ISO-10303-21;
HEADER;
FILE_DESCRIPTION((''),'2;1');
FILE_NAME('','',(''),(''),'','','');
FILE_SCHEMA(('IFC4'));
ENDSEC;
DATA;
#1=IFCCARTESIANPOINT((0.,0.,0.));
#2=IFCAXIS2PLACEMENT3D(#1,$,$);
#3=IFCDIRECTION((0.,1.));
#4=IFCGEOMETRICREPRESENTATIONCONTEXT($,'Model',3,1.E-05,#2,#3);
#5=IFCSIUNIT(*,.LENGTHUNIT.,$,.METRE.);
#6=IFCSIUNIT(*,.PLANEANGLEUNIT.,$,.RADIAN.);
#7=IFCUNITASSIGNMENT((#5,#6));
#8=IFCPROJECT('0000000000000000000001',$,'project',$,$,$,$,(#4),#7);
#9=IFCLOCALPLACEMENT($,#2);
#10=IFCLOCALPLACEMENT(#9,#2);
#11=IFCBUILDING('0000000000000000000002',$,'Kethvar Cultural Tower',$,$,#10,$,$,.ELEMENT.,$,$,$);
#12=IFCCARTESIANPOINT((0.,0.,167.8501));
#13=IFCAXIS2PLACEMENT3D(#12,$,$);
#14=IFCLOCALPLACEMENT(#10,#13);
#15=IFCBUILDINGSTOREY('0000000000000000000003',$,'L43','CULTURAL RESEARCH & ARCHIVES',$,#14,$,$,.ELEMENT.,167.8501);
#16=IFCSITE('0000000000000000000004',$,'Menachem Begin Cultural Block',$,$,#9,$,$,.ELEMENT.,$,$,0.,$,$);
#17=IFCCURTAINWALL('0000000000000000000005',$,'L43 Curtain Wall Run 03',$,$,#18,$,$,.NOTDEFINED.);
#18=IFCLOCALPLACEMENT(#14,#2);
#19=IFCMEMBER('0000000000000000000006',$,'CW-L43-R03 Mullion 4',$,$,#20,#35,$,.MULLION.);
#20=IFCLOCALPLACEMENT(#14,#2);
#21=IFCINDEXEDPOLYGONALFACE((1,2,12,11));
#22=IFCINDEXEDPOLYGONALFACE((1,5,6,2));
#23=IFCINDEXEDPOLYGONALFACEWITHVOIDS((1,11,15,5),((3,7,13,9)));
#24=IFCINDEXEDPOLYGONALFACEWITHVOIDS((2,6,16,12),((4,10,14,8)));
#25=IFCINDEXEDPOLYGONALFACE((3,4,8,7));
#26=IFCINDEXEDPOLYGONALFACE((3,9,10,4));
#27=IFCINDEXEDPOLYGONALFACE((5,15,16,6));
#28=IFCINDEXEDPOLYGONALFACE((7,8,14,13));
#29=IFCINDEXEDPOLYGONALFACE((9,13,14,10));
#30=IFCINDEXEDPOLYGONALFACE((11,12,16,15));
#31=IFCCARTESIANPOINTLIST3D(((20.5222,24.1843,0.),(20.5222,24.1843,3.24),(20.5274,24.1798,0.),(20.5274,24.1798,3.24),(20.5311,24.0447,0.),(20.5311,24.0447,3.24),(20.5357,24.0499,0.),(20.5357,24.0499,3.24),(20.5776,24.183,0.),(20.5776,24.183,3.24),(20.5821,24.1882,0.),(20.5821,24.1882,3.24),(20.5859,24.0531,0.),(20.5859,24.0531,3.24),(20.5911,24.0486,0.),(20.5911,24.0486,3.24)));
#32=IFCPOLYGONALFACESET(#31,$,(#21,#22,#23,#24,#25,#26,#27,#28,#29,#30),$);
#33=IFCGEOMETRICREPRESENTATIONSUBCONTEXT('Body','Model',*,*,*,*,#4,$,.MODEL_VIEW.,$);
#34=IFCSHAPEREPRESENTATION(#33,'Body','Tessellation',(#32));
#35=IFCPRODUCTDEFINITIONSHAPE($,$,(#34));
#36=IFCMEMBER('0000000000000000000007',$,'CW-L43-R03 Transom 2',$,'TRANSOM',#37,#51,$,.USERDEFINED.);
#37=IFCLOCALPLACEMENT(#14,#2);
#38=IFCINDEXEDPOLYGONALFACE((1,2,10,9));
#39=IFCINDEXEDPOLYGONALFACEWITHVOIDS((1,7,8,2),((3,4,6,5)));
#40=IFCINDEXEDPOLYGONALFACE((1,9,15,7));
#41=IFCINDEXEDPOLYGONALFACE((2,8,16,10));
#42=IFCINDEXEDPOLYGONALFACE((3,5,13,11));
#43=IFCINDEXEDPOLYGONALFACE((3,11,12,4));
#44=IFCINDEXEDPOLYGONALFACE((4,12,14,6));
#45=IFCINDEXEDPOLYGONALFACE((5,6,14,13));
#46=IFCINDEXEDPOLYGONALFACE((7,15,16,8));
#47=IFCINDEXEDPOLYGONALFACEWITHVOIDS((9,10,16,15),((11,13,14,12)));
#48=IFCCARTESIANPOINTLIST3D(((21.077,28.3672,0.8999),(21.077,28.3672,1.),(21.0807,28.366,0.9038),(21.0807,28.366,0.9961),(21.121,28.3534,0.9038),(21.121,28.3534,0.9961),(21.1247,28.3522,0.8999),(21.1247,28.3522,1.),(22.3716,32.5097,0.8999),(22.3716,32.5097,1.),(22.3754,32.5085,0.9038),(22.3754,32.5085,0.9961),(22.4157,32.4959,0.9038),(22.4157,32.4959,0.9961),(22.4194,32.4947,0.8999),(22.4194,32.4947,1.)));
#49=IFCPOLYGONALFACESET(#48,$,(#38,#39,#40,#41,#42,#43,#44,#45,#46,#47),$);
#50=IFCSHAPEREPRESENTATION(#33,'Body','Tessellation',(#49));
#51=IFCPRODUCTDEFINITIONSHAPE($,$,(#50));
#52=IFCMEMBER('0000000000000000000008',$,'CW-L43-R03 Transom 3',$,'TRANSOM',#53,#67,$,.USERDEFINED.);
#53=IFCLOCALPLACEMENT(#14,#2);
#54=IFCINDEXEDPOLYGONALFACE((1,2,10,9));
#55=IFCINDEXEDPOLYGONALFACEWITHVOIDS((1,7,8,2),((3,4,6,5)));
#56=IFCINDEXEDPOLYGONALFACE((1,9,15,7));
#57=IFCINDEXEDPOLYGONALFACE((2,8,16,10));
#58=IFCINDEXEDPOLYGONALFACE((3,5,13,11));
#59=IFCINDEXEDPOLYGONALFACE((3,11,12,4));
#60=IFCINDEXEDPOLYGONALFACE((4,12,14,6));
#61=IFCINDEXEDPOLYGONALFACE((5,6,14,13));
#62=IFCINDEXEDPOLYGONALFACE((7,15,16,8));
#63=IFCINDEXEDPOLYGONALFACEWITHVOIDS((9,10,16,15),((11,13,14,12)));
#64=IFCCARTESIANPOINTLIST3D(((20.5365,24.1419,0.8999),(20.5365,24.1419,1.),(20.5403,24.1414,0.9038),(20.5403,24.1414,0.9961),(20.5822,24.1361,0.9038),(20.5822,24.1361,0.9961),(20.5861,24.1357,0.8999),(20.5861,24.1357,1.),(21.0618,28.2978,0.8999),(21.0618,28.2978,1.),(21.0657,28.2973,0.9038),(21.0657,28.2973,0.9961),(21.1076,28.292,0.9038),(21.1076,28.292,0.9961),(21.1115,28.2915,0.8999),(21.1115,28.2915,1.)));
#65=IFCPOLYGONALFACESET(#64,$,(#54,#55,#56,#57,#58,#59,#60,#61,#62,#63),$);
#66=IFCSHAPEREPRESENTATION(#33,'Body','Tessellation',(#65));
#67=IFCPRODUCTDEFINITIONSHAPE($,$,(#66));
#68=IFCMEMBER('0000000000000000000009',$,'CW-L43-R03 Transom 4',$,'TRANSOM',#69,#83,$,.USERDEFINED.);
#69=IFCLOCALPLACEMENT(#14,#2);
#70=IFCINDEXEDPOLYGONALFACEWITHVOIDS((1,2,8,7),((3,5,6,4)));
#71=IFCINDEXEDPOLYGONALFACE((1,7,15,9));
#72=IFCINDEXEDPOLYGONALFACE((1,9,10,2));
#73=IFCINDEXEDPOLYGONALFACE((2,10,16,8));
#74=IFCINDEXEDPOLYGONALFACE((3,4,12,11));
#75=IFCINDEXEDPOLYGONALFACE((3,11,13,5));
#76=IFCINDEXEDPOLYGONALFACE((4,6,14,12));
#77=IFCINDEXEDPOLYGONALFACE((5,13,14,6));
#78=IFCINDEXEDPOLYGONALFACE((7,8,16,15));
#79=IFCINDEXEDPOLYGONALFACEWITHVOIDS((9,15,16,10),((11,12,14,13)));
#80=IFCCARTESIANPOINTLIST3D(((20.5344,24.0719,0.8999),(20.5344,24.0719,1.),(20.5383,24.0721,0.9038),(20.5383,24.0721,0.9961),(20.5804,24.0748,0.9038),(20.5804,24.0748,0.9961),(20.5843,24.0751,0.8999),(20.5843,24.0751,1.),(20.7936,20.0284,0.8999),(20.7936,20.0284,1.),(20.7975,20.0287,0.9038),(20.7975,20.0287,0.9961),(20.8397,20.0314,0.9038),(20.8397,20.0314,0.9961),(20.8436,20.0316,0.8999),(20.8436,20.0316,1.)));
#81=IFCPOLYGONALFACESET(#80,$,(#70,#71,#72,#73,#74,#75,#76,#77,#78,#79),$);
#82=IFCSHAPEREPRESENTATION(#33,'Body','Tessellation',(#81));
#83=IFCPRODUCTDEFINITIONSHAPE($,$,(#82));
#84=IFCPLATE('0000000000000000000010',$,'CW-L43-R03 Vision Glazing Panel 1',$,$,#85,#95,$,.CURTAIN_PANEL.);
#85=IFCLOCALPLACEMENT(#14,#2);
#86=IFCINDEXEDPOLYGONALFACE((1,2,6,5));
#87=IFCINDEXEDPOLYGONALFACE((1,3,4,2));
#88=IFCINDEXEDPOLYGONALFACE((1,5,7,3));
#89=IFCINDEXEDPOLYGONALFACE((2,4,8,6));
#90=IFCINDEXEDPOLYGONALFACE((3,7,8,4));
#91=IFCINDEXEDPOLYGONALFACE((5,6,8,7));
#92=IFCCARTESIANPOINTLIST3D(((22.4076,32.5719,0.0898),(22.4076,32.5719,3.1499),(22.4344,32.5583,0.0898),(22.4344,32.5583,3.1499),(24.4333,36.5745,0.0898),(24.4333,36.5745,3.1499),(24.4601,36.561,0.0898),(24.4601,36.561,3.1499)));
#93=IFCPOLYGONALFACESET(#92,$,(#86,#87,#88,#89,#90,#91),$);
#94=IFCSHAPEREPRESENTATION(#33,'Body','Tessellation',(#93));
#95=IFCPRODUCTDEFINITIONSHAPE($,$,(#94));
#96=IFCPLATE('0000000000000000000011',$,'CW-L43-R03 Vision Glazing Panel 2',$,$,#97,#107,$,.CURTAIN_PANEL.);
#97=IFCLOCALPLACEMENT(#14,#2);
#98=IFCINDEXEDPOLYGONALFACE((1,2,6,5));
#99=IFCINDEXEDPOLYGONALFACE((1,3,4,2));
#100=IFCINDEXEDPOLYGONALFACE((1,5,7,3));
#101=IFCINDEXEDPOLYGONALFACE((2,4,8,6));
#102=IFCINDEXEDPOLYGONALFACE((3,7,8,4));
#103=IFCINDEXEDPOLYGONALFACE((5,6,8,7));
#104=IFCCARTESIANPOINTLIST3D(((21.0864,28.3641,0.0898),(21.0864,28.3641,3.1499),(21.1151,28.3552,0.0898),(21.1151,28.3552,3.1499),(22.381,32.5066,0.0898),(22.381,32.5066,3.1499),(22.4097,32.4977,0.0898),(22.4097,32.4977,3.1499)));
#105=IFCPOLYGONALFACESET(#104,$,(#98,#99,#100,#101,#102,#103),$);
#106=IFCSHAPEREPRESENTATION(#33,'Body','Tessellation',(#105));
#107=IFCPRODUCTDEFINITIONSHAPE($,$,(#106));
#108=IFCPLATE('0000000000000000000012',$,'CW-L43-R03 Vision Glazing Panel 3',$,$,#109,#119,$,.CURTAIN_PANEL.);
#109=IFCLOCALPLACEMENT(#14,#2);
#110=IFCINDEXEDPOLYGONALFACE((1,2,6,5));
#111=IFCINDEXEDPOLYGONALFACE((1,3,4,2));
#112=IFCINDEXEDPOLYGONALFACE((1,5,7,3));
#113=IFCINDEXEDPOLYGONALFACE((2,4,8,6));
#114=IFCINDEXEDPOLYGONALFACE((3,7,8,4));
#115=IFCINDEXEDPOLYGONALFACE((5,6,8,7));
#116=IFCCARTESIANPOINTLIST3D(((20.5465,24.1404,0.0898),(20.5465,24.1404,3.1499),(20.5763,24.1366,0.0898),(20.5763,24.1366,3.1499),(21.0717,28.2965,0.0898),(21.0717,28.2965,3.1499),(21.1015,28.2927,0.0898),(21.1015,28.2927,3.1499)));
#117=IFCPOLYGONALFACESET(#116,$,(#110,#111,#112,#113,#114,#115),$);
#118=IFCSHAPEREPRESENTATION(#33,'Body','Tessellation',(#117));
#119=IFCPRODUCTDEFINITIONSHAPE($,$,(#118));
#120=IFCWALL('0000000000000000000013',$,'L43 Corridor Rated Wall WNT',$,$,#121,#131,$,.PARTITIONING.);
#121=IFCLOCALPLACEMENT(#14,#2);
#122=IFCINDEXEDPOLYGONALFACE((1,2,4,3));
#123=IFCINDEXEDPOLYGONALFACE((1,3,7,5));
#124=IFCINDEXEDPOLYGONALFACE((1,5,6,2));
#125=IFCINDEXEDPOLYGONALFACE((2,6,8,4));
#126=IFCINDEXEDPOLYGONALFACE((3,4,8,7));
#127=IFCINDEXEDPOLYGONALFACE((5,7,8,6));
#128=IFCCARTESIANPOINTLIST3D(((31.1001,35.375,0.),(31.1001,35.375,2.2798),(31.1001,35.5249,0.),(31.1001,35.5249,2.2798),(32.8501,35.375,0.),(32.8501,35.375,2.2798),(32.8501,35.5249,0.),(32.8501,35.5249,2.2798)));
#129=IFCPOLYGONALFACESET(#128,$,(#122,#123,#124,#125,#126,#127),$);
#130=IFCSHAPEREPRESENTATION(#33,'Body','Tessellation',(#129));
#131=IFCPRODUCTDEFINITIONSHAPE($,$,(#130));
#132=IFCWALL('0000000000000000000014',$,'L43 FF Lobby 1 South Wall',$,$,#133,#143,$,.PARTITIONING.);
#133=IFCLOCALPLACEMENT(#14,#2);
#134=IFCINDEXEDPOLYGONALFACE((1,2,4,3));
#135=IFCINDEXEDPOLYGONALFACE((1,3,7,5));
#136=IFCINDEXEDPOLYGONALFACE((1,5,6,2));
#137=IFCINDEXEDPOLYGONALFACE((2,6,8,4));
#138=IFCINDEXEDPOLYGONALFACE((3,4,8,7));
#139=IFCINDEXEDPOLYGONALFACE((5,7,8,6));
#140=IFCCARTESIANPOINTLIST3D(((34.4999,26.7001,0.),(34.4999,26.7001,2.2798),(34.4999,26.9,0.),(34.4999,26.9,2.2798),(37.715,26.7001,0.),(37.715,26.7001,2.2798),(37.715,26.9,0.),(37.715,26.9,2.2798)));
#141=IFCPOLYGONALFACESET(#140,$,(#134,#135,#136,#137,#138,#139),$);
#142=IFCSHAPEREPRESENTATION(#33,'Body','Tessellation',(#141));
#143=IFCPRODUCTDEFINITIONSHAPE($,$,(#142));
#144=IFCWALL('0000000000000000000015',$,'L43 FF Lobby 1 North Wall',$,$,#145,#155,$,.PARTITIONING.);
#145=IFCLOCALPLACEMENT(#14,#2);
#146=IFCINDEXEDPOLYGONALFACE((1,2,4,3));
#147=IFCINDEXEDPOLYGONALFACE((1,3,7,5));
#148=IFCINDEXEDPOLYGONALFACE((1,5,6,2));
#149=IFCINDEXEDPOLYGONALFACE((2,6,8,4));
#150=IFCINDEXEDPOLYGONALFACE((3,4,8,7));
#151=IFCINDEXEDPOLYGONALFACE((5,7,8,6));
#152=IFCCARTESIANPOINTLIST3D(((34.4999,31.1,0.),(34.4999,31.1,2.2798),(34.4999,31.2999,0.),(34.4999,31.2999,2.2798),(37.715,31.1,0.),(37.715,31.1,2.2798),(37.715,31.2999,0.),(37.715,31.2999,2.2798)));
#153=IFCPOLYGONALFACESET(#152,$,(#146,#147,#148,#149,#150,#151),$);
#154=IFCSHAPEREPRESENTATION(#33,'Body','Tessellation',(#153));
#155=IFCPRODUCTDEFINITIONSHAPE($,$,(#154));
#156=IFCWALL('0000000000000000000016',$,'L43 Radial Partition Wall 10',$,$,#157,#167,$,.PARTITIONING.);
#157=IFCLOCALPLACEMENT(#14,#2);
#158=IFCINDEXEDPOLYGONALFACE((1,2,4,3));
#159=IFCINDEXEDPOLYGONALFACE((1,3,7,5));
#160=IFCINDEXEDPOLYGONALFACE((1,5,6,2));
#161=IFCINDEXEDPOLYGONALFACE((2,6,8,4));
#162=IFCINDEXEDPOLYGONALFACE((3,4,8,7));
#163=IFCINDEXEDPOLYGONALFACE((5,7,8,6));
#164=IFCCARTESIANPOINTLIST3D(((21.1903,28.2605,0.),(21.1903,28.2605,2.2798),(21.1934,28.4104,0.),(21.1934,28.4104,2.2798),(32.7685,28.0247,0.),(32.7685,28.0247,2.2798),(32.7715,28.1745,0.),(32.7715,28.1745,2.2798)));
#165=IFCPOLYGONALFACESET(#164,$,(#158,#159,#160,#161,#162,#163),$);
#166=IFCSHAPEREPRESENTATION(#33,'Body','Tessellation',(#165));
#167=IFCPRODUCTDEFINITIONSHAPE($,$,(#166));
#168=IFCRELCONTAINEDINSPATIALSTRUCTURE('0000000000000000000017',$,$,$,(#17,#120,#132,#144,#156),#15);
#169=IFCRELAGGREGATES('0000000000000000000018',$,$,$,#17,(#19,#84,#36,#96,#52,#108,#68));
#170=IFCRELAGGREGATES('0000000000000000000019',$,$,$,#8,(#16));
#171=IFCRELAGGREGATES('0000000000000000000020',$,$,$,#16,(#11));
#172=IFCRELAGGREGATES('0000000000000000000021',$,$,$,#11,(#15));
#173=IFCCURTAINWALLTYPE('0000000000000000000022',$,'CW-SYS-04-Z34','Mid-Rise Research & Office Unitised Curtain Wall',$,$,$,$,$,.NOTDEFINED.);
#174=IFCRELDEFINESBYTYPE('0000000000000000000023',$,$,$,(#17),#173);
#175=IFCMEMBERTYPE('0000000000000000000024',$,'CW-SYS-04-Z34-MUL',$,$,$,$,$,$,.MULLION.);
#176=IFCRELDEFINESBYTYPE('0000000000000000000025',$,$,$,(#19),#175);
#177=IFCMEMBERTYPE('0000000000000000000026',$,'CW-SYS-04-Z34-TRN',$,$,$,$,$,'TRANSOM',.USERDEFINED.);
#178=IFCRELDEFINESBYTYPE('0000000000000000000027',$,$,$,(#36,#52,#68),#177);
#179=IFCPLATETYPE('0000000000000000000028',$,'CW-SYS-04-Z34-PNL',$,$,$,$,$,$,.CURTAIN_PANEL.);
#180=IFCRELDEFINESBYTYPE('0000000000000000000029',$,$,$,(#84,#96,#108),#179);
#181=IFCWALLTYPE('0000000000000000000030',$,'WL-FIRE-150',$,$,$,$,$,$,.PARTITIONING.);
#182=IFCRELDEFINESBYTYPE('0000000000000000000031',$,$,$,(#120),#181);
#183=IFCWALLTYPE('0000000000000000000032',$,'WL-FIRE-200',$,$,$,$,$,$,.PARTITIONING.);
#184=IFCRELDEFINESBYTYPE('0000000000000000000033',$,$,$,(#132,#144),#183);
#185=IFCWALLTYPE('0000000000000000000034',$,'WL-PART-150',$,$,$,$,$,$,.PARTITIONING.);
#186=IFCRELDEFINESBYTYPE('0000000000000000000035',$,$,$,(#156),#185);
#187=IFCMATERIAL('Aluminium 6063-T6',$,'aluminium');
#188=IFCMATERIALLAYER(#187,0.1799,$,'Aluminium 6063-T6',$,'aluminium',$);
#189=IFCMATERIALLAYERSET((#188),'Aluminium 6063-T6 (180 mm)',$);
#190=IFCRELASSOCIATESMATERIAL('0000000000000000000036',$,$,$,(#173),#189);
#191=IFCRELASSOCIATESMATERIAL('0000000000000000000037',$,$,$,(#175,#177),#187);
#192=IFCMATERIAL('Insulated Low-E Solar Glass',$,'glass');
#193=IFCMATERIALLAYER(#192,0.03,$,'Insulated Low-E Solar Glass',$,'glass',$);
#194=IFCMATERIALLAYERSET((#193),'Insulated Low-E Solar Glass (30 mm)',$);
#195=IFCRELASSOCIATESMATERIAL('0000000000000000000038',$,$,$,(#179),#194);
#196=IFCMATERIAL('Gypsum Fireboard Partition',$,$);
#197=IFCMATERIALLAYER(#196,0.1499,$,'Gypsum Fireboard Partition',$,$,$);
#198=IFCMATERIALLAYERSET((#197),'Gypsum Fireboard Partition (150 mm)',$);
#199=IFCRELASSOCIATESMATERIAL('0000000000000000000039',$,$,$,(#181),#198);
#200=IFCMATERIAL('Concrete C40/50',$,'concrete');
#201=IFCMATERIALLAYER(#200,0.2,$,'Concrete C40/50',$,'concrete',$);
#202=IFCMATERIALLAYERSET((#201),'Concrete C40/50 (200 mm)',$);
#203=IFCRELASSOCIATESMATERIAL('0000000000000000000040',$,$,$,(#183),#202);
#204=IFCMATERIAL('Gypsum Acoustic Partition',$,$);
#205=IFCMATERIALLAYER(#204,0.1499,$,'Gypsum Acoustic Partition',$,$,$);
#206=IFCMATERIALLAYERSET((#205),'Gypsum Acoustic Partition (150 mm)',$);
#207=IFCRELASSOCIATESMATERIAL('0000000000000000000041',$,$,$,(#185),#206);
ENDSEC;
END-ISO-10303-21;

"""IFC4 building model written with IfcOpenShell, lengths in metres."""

from ifc_helpers import new_model, si_unit, direction, frame, frame_2d, origin, origin_2d, place, context, subcontext, project, spatial, rectangle, hollow_rectangle, extrude, source, transform, mapped, material, layer, layer_set, material_profile, profile_set, type_object, element, aggregate, save


model = new_model("IFC4")

# Units and contexts
model_context = context("Model", 3, precision=1e-05, world=origin(), true_north=direction((0.0, 1.0)))
body_context = subcontext(model_context, "Body", "Model", "MODEL_VIEW")
ifc_project = project(units=[si_unit("LENGTHUNIT", "METRE"), si_unit("PLANEANGLEUNIT", "RADIAN")], contexts=[model_context])

# Site, building, storey
site_placement = place(None, origin())
site = spatial("IfcSite", under=ifc_project, at=site_placement, Name="Menachem Begin Cultural Block", CompositionType="ELEMENT", RefElevation=0.0)
building_placement = place(site_placement, origin())
building = spatial("IfcBuilding", under=site, at=building_placement, Name="Kethvar Cultural Tower", CompositionType="ELEMENT")
storey_placement = place(building_placement, frame((0.0, 0.0, 167.8501)))
storey = spatial("IfcBuildingStorey", under=building, at=storey_placement, Name="L43", Description="CULTURAL RESEARCH & ARCHIVES", CompositionType="ELEMENT", Elevation=167.8501)

# Curtain wall, members, plates
ifc_material_1 = material(Name="Aluminium 6063-T6", Category="aluminium")
ifc_layer_1 = layer(ifc_material_1, 0.1799, Name="Aluminium 6063-T6", Category="aluminium")
ifc_layer_set_1 = layer_set([ifc_layer_1], Name="Aluminium 6063-T6 (180 mm)")
curtain_wall_type = type_object("IfcCurtainWallType", Name="CW-SYS-04-Z34", Description="Mid-Rise Research & Office Unitised Curtain Wall", PredefinedType="NOTDEFINED", material=ifc_layer_set_1)
curtain_wall_placement = place(storey_placement, origin())
curtain_wall = element("IfcCurtainWall", 1, at=curtain_wall_placement, inside=storey, type_object=curtain_wall_type, Name="L43 Curtain Wall Run 03", PredefinedType="NOTDEFINED")
ifc_material_profile_1 = material_profile(ifc_material_1, hollow_rectangle(XDim=0.0601, YDim=0.1399, WallThickness=0.0049, at=origin_2d()), Name="Aluminium 6063-T6 — RHS140x60x5")
ifc_profile_set_1 = profile_set([ifc_material_profile_1], Name="Aluminium 6063-T6 — RHS140x60x5")
member_type_1 = type_object("IfcMemberType", Name="CW-SYS-04-Z34-MUL", PredefinedType="MULLION", material=ifc_profile_set_1)
shared_shape_1 = source(origin(), body_context, "Body", "SweptSolid", [
    extrude(hollow_rectangle(XDim=0.0601, YDim=0.1399, WallThickness=0.0049, at=origin_2d()), origin(), (0.0, 0.0, 1.0), 3.24),
])
member_1_placement = place(storey_placement, frame((20.5566, 24.1165, 0.0), z_axis=(0.0, 0.0, 1.0), x_axis=(0.997952, 0.063975, 0.0)))
member_1 = element("IfcMember", 2, at=member_1_placement, type_object=member_type_1, Name="CW-L43-R03 Mullion 4", PredefinedType="MULLION", context=body_context, shape_type="MappedRepresentation", body=[
    mapped(shared_shape_1, transform((0.0, 0.0, 0.0), scale=1.0)),
])
ifc_material_profile_2 = material_profile(ifc_material_1, hollow_rectangle(XDim=0.05, YDim=0.1001, WallThickness=0.0039, at=origin_2d()), Name="Aluminium 6063-T6 — RHS100x50x4")
ifc_profile_set_2 = profile_set([ifc_material_profile_2], Name="Aluminium 6063-T6 — RHS100x50x4")
member_type_2 = type_object("IfcMemberType", Name="CW-SYS-04-Z34-TRN", ElementType="TRANSOM", PredefinedType="USERDEFINED", material=ifc_profile_set_2)
shared_shape_2 = source(origin(), body_context, "Body", "SweptSolid", [
    extrude(hollow_rectangle(XDim=0.05, YDim=0.1001, WallThickness=0.0039, at=origin_2d()), origin(), (0.0, 0.0, 1.0), 4.3401),
])
member_2_placement = place(storey_placement, frame((22.3955, 32.5022, 0.95), z_axis=(-0.298301, -0.954472, 0.0), x_axis=(0.954472, -0.298301, 0.0)))
member_2 = element("IfcMember", 3, at=member_2_placement, type_object=member_type_2, Name="CW-L43-R03 Transom 2", ObjectType="TRANSOM", PredefinedType="USERDEFINED", context=body_context, shape_type="MappedRepresentation", body=[
    mapped(shared_shape_2, transform((0.0, 0.0, 0.0), scale=1.0)),
])
shared_shape_3 = source(origin(), body_context, "Body", "SweptSolid", [
    extrude(hollow_rectangle(XDim=0.05, YDim=0.1001, WallThickness=0.0039, at=origin_2d()), origin(), (0.0, 0.0, 1.0), 4.189),
])
member_3_placement = place(storey_placement, frame((21.0867, 28.2947, 0.95), z_axis=(-0.125419, -0.992104, 0.0), x_axis=(0.992104, -0.125419, 0.0)))
member_3 = element("IfcMember", 4, at=member_3_placement, type_object=member_type_2, Name="CW-L43-R03 Transom 3", ObjectType="TRANSOM", PredefinedType="USERDEFINED", context=body_context, shape_type="MappedRepresentation", body=[
    mapped(shared_shape_3, transform((0.0, 0.0, 0.0), scale=1.0)),
])
shared_shape_4 = source(origin(), body_context, "Body", "SweptSolid", [
    extrude(hollow_rectangle(XDim=0.05, YDim=0.1001, WallThickness=0.0039, at=origin_2d()), origin(), (0.0, 0.0, 1.0), 4.0518),
])
member_4_placement = place(storey_placement, frame((20.5593, 24.0735, 0.95), z_axis=(0.063991, -0.99795, 0.0), x_axis=(0.99795, 0.063991, 0.0)))
member_4 = element("IfcMember", 5, at=member_4_placement, type_object=member_type_2, Name="CW-L43-R03 Transom 4", ObjectType="TRANSOM", PredefinedType="USERDEFINED", context=body_context, shape_type="MappedRepresentation", body=[
    mapped(shared_shape_4, transform((0.0, 0.0, 0.0), scale=1.0)),
])
ifc_material_2 = material(Name="Insulated Low-E Solar Glass", Category="glass")
ifc_layer_2 = layer(ifc_material_2, 0.03, Name="Insulated Low-E Solar Glass", Category="glass")
ifc_layer_set_2 = layer_set([ifc_layer_2], Name="Insulated Low-E Solar Glass (30 mm)")
plate_type = type_object("IfcPlateType", Name="CW-SYS-04-Z34-PNL", PredefinedType="CURTAIN_PANEL", material=ifc_layer_set_2)
shared_shape_5 = source(origin(), body_context, "Body", "SweptSolid", [
    extrude(rectangle(XDim=4.4861, YDim=0.03, at=origin_2d()), origin(), (0.0, 0.0, 1.0), 3.0601),
])
plate_1_placement = place(storey_placement, frame((23.4338, 34.5664, 0.0898), z_axis=(0.0, 0.0, 1.0), x_axis=(-0.451563, -0.892239, 0.0)))
plate_1 = element("IfcPlate", 6, at=plate_1_placement, type_object=plate_type, Name="CW-L43-R03 Vision Glazing Panel 1", PredefinedType="CURTAIN_PANEL", context=body_context, shape_type="MappedRepresentation", body=[
    mapped(shared_shape_5, transform((0.0, 0.0, 0.0), scale=1.0)),
])
shared_shape_6 = source(origin(), body_context, "Body", "SweptSolid", [
    extrude(rectangle(XDim=4.3401, YDim=0.03, at=origin_2d()), origin(), (0.0, 0.0, 1.0), 3.0601),
])
plate_2_placement = place(storey_placement, frame((21.748, 30.4309, 0.0898), z_axis=(0.0, 0.0, 1.0), x_axis=(-0.298291, -0.954475, 0.0)))
plate_2 = element("IfcPlate", 7, at=plate_2_placement, type_object=plate_type, Name="CW-L43-R03 Vision Glazing Panel 2", PredefinedType="CURTAIN_PANEL", context=body_context, shape_type="MappedRepresentation", body=[
    mapped(shared_shape_6, transform((0.0, 0.0, 0.0), scale=1.0)),
])
shared_shape_7 = source(origin(), body_context, "Body", "SweptSolid", [
    extrude(rectangle(XDim=4.1892, YDim=0.03, at=origin_2d()), origin(), (0.0, 0.0, 1.0), 3.0601),
])
plate_3_placement = place(storey_placement, frame((20.824, 26.2166, 0.0898), z_axis=(0.0, 0.0, 1.0), x_axis=(-0.125368, -0.99211, 0.0)))
plate_3 = element("IfcPlate", 8, at=plate_3_placement, type_object=plate_type, Name="CW-L43-R03 Vision Glazing Panel 3", PredefinedType="CURTAIN_PANEL", context=body_context, shape_type="MappedRepresentation", body=[
    mapped(shared_shape_7, transform((0.0, 0.0, 0.0), scale=1.0)),
])
aggregate(curtain_wall, [member_1, plate_1, member_2, plate_2, member_3, plate_3, member_4])

# Wall
ifc_material_3 = material(Name="Gypsum Fireboard Partition")
ifc_layer_3 = layer(ifc_material_3, 0.1499, Name="Gypsum Fireboard Partition")
ifc_layer_set_3 = layer_set([ifc_layer_3], Name="Gypsum Fireboard Partition (150 mm)")
wall_type_1 = type_object("IfcWallType", Name="WL-FIRE-150", PredefinedType="PARTITIONING", material=ifc_layer_set_3)
wall_1_placement = place(storey_placement, frame((31.1001, 35.45, 0.0), z_axis=(0.0, 0.0, 1.0), x_axis=(1.0, 0.0, 0.0)))
element("IfcWall", 9, at=wall_1_placement, inside=storey, type_object=wall_type_1, Name="L43 Corridor Rated Wall WNT", PredefinedType="PARTITIONING", context=body_context, shape_type="SweptSolid", body=[
    extrude(rectangle(XDim=1.75, YDim=0.1499, at=frame_2d((0.875, 0.0))), origin(), (0.0, 0.0, 1.0), 2.2798),
])

# Shared definitions
ifc_material_4 = material(Name="Concrete C40/50", Category="concrete")
ifc_layer_4 = layer(ifc_material_4, 0.2, Name="Concrete C40/50", Category="concrete")
ifc_layer_set_4 = layer_set([ifc_layer_4], Name="Concrete C40/50 (200 mm)")
wall_type_2 = type_object("IfcWallType", Name="WL-FIRE-200", PredefinedType="PARTITIONING", material=ifc_layer_set_4)

# Walls
for number, where, z_axis, x_axis, name in (
    (10, (34.5, 26.8, 0.0), (0.0, 0.0, 1.0), (1.0, 0.0, 0.0), "L43 FF Lobby 1 South Wall"),
    (11, (34.5, 31.2, 0.0), (0.0, 0.0, 1.0), (1.0, 0.0, 0.0), "L43 FF Lobby 1 North Wall"),
):
    element("IfcWall", number, at=place(storey_placement, frame(where, z_axis=z_axis, x_axis=x_axis)), inside=storey, type_object=wall_type_2, Name=name, PredefinedType="PARTITIONING", context=body_context, shape_type="SweptSolid", body=[
        extrude(rectangle(XDim=3.2151, YDim=0.2, at=frame_2d((1.6074, 0.0))), origin(), (0.0, 0.0, 1.0), 2.2798),
    ])
ifc_material_5 = material(Name="Gypsum Acoustic Partition")
ifc_layer_5 = layer(ifc_material_5, 0.1499, Name="Gypsum Acoustic Partition")
ifc_layer_set_5 = layer_set([ifc_layer_5], Name="Gypsum Acoustic Partition (150 mm)")
wall_type_3 = type_object("IfcWallType", Name="WL-PART-150", PredefinedType="PARTITIONING", material=ifc_layer_set_5)
wall_2_placement = place(storey_placement, frame((32.77, 28.0996, 0.0), z_axis=(0.0, 0.0, 1.0), x_axis=(-0.999793, 0.020365, 0.0)))
element("IfcWall", 12, at=wall_2_placement, inside=storey, type_object=wall_type_3, Name="L43 Radial Partition Wall 10", PredefinedType="PARTITIONING", context=body_context, shape_type="SweptSolid", body=[
    extrude(rectangle(XDim=11.5806, YDim=0.1499, at=frame_2d((5.7903, 0.0))), origin(), (0.0, 0.0, 1.0), 2.2798),
])

save(model, "model.ifc")
